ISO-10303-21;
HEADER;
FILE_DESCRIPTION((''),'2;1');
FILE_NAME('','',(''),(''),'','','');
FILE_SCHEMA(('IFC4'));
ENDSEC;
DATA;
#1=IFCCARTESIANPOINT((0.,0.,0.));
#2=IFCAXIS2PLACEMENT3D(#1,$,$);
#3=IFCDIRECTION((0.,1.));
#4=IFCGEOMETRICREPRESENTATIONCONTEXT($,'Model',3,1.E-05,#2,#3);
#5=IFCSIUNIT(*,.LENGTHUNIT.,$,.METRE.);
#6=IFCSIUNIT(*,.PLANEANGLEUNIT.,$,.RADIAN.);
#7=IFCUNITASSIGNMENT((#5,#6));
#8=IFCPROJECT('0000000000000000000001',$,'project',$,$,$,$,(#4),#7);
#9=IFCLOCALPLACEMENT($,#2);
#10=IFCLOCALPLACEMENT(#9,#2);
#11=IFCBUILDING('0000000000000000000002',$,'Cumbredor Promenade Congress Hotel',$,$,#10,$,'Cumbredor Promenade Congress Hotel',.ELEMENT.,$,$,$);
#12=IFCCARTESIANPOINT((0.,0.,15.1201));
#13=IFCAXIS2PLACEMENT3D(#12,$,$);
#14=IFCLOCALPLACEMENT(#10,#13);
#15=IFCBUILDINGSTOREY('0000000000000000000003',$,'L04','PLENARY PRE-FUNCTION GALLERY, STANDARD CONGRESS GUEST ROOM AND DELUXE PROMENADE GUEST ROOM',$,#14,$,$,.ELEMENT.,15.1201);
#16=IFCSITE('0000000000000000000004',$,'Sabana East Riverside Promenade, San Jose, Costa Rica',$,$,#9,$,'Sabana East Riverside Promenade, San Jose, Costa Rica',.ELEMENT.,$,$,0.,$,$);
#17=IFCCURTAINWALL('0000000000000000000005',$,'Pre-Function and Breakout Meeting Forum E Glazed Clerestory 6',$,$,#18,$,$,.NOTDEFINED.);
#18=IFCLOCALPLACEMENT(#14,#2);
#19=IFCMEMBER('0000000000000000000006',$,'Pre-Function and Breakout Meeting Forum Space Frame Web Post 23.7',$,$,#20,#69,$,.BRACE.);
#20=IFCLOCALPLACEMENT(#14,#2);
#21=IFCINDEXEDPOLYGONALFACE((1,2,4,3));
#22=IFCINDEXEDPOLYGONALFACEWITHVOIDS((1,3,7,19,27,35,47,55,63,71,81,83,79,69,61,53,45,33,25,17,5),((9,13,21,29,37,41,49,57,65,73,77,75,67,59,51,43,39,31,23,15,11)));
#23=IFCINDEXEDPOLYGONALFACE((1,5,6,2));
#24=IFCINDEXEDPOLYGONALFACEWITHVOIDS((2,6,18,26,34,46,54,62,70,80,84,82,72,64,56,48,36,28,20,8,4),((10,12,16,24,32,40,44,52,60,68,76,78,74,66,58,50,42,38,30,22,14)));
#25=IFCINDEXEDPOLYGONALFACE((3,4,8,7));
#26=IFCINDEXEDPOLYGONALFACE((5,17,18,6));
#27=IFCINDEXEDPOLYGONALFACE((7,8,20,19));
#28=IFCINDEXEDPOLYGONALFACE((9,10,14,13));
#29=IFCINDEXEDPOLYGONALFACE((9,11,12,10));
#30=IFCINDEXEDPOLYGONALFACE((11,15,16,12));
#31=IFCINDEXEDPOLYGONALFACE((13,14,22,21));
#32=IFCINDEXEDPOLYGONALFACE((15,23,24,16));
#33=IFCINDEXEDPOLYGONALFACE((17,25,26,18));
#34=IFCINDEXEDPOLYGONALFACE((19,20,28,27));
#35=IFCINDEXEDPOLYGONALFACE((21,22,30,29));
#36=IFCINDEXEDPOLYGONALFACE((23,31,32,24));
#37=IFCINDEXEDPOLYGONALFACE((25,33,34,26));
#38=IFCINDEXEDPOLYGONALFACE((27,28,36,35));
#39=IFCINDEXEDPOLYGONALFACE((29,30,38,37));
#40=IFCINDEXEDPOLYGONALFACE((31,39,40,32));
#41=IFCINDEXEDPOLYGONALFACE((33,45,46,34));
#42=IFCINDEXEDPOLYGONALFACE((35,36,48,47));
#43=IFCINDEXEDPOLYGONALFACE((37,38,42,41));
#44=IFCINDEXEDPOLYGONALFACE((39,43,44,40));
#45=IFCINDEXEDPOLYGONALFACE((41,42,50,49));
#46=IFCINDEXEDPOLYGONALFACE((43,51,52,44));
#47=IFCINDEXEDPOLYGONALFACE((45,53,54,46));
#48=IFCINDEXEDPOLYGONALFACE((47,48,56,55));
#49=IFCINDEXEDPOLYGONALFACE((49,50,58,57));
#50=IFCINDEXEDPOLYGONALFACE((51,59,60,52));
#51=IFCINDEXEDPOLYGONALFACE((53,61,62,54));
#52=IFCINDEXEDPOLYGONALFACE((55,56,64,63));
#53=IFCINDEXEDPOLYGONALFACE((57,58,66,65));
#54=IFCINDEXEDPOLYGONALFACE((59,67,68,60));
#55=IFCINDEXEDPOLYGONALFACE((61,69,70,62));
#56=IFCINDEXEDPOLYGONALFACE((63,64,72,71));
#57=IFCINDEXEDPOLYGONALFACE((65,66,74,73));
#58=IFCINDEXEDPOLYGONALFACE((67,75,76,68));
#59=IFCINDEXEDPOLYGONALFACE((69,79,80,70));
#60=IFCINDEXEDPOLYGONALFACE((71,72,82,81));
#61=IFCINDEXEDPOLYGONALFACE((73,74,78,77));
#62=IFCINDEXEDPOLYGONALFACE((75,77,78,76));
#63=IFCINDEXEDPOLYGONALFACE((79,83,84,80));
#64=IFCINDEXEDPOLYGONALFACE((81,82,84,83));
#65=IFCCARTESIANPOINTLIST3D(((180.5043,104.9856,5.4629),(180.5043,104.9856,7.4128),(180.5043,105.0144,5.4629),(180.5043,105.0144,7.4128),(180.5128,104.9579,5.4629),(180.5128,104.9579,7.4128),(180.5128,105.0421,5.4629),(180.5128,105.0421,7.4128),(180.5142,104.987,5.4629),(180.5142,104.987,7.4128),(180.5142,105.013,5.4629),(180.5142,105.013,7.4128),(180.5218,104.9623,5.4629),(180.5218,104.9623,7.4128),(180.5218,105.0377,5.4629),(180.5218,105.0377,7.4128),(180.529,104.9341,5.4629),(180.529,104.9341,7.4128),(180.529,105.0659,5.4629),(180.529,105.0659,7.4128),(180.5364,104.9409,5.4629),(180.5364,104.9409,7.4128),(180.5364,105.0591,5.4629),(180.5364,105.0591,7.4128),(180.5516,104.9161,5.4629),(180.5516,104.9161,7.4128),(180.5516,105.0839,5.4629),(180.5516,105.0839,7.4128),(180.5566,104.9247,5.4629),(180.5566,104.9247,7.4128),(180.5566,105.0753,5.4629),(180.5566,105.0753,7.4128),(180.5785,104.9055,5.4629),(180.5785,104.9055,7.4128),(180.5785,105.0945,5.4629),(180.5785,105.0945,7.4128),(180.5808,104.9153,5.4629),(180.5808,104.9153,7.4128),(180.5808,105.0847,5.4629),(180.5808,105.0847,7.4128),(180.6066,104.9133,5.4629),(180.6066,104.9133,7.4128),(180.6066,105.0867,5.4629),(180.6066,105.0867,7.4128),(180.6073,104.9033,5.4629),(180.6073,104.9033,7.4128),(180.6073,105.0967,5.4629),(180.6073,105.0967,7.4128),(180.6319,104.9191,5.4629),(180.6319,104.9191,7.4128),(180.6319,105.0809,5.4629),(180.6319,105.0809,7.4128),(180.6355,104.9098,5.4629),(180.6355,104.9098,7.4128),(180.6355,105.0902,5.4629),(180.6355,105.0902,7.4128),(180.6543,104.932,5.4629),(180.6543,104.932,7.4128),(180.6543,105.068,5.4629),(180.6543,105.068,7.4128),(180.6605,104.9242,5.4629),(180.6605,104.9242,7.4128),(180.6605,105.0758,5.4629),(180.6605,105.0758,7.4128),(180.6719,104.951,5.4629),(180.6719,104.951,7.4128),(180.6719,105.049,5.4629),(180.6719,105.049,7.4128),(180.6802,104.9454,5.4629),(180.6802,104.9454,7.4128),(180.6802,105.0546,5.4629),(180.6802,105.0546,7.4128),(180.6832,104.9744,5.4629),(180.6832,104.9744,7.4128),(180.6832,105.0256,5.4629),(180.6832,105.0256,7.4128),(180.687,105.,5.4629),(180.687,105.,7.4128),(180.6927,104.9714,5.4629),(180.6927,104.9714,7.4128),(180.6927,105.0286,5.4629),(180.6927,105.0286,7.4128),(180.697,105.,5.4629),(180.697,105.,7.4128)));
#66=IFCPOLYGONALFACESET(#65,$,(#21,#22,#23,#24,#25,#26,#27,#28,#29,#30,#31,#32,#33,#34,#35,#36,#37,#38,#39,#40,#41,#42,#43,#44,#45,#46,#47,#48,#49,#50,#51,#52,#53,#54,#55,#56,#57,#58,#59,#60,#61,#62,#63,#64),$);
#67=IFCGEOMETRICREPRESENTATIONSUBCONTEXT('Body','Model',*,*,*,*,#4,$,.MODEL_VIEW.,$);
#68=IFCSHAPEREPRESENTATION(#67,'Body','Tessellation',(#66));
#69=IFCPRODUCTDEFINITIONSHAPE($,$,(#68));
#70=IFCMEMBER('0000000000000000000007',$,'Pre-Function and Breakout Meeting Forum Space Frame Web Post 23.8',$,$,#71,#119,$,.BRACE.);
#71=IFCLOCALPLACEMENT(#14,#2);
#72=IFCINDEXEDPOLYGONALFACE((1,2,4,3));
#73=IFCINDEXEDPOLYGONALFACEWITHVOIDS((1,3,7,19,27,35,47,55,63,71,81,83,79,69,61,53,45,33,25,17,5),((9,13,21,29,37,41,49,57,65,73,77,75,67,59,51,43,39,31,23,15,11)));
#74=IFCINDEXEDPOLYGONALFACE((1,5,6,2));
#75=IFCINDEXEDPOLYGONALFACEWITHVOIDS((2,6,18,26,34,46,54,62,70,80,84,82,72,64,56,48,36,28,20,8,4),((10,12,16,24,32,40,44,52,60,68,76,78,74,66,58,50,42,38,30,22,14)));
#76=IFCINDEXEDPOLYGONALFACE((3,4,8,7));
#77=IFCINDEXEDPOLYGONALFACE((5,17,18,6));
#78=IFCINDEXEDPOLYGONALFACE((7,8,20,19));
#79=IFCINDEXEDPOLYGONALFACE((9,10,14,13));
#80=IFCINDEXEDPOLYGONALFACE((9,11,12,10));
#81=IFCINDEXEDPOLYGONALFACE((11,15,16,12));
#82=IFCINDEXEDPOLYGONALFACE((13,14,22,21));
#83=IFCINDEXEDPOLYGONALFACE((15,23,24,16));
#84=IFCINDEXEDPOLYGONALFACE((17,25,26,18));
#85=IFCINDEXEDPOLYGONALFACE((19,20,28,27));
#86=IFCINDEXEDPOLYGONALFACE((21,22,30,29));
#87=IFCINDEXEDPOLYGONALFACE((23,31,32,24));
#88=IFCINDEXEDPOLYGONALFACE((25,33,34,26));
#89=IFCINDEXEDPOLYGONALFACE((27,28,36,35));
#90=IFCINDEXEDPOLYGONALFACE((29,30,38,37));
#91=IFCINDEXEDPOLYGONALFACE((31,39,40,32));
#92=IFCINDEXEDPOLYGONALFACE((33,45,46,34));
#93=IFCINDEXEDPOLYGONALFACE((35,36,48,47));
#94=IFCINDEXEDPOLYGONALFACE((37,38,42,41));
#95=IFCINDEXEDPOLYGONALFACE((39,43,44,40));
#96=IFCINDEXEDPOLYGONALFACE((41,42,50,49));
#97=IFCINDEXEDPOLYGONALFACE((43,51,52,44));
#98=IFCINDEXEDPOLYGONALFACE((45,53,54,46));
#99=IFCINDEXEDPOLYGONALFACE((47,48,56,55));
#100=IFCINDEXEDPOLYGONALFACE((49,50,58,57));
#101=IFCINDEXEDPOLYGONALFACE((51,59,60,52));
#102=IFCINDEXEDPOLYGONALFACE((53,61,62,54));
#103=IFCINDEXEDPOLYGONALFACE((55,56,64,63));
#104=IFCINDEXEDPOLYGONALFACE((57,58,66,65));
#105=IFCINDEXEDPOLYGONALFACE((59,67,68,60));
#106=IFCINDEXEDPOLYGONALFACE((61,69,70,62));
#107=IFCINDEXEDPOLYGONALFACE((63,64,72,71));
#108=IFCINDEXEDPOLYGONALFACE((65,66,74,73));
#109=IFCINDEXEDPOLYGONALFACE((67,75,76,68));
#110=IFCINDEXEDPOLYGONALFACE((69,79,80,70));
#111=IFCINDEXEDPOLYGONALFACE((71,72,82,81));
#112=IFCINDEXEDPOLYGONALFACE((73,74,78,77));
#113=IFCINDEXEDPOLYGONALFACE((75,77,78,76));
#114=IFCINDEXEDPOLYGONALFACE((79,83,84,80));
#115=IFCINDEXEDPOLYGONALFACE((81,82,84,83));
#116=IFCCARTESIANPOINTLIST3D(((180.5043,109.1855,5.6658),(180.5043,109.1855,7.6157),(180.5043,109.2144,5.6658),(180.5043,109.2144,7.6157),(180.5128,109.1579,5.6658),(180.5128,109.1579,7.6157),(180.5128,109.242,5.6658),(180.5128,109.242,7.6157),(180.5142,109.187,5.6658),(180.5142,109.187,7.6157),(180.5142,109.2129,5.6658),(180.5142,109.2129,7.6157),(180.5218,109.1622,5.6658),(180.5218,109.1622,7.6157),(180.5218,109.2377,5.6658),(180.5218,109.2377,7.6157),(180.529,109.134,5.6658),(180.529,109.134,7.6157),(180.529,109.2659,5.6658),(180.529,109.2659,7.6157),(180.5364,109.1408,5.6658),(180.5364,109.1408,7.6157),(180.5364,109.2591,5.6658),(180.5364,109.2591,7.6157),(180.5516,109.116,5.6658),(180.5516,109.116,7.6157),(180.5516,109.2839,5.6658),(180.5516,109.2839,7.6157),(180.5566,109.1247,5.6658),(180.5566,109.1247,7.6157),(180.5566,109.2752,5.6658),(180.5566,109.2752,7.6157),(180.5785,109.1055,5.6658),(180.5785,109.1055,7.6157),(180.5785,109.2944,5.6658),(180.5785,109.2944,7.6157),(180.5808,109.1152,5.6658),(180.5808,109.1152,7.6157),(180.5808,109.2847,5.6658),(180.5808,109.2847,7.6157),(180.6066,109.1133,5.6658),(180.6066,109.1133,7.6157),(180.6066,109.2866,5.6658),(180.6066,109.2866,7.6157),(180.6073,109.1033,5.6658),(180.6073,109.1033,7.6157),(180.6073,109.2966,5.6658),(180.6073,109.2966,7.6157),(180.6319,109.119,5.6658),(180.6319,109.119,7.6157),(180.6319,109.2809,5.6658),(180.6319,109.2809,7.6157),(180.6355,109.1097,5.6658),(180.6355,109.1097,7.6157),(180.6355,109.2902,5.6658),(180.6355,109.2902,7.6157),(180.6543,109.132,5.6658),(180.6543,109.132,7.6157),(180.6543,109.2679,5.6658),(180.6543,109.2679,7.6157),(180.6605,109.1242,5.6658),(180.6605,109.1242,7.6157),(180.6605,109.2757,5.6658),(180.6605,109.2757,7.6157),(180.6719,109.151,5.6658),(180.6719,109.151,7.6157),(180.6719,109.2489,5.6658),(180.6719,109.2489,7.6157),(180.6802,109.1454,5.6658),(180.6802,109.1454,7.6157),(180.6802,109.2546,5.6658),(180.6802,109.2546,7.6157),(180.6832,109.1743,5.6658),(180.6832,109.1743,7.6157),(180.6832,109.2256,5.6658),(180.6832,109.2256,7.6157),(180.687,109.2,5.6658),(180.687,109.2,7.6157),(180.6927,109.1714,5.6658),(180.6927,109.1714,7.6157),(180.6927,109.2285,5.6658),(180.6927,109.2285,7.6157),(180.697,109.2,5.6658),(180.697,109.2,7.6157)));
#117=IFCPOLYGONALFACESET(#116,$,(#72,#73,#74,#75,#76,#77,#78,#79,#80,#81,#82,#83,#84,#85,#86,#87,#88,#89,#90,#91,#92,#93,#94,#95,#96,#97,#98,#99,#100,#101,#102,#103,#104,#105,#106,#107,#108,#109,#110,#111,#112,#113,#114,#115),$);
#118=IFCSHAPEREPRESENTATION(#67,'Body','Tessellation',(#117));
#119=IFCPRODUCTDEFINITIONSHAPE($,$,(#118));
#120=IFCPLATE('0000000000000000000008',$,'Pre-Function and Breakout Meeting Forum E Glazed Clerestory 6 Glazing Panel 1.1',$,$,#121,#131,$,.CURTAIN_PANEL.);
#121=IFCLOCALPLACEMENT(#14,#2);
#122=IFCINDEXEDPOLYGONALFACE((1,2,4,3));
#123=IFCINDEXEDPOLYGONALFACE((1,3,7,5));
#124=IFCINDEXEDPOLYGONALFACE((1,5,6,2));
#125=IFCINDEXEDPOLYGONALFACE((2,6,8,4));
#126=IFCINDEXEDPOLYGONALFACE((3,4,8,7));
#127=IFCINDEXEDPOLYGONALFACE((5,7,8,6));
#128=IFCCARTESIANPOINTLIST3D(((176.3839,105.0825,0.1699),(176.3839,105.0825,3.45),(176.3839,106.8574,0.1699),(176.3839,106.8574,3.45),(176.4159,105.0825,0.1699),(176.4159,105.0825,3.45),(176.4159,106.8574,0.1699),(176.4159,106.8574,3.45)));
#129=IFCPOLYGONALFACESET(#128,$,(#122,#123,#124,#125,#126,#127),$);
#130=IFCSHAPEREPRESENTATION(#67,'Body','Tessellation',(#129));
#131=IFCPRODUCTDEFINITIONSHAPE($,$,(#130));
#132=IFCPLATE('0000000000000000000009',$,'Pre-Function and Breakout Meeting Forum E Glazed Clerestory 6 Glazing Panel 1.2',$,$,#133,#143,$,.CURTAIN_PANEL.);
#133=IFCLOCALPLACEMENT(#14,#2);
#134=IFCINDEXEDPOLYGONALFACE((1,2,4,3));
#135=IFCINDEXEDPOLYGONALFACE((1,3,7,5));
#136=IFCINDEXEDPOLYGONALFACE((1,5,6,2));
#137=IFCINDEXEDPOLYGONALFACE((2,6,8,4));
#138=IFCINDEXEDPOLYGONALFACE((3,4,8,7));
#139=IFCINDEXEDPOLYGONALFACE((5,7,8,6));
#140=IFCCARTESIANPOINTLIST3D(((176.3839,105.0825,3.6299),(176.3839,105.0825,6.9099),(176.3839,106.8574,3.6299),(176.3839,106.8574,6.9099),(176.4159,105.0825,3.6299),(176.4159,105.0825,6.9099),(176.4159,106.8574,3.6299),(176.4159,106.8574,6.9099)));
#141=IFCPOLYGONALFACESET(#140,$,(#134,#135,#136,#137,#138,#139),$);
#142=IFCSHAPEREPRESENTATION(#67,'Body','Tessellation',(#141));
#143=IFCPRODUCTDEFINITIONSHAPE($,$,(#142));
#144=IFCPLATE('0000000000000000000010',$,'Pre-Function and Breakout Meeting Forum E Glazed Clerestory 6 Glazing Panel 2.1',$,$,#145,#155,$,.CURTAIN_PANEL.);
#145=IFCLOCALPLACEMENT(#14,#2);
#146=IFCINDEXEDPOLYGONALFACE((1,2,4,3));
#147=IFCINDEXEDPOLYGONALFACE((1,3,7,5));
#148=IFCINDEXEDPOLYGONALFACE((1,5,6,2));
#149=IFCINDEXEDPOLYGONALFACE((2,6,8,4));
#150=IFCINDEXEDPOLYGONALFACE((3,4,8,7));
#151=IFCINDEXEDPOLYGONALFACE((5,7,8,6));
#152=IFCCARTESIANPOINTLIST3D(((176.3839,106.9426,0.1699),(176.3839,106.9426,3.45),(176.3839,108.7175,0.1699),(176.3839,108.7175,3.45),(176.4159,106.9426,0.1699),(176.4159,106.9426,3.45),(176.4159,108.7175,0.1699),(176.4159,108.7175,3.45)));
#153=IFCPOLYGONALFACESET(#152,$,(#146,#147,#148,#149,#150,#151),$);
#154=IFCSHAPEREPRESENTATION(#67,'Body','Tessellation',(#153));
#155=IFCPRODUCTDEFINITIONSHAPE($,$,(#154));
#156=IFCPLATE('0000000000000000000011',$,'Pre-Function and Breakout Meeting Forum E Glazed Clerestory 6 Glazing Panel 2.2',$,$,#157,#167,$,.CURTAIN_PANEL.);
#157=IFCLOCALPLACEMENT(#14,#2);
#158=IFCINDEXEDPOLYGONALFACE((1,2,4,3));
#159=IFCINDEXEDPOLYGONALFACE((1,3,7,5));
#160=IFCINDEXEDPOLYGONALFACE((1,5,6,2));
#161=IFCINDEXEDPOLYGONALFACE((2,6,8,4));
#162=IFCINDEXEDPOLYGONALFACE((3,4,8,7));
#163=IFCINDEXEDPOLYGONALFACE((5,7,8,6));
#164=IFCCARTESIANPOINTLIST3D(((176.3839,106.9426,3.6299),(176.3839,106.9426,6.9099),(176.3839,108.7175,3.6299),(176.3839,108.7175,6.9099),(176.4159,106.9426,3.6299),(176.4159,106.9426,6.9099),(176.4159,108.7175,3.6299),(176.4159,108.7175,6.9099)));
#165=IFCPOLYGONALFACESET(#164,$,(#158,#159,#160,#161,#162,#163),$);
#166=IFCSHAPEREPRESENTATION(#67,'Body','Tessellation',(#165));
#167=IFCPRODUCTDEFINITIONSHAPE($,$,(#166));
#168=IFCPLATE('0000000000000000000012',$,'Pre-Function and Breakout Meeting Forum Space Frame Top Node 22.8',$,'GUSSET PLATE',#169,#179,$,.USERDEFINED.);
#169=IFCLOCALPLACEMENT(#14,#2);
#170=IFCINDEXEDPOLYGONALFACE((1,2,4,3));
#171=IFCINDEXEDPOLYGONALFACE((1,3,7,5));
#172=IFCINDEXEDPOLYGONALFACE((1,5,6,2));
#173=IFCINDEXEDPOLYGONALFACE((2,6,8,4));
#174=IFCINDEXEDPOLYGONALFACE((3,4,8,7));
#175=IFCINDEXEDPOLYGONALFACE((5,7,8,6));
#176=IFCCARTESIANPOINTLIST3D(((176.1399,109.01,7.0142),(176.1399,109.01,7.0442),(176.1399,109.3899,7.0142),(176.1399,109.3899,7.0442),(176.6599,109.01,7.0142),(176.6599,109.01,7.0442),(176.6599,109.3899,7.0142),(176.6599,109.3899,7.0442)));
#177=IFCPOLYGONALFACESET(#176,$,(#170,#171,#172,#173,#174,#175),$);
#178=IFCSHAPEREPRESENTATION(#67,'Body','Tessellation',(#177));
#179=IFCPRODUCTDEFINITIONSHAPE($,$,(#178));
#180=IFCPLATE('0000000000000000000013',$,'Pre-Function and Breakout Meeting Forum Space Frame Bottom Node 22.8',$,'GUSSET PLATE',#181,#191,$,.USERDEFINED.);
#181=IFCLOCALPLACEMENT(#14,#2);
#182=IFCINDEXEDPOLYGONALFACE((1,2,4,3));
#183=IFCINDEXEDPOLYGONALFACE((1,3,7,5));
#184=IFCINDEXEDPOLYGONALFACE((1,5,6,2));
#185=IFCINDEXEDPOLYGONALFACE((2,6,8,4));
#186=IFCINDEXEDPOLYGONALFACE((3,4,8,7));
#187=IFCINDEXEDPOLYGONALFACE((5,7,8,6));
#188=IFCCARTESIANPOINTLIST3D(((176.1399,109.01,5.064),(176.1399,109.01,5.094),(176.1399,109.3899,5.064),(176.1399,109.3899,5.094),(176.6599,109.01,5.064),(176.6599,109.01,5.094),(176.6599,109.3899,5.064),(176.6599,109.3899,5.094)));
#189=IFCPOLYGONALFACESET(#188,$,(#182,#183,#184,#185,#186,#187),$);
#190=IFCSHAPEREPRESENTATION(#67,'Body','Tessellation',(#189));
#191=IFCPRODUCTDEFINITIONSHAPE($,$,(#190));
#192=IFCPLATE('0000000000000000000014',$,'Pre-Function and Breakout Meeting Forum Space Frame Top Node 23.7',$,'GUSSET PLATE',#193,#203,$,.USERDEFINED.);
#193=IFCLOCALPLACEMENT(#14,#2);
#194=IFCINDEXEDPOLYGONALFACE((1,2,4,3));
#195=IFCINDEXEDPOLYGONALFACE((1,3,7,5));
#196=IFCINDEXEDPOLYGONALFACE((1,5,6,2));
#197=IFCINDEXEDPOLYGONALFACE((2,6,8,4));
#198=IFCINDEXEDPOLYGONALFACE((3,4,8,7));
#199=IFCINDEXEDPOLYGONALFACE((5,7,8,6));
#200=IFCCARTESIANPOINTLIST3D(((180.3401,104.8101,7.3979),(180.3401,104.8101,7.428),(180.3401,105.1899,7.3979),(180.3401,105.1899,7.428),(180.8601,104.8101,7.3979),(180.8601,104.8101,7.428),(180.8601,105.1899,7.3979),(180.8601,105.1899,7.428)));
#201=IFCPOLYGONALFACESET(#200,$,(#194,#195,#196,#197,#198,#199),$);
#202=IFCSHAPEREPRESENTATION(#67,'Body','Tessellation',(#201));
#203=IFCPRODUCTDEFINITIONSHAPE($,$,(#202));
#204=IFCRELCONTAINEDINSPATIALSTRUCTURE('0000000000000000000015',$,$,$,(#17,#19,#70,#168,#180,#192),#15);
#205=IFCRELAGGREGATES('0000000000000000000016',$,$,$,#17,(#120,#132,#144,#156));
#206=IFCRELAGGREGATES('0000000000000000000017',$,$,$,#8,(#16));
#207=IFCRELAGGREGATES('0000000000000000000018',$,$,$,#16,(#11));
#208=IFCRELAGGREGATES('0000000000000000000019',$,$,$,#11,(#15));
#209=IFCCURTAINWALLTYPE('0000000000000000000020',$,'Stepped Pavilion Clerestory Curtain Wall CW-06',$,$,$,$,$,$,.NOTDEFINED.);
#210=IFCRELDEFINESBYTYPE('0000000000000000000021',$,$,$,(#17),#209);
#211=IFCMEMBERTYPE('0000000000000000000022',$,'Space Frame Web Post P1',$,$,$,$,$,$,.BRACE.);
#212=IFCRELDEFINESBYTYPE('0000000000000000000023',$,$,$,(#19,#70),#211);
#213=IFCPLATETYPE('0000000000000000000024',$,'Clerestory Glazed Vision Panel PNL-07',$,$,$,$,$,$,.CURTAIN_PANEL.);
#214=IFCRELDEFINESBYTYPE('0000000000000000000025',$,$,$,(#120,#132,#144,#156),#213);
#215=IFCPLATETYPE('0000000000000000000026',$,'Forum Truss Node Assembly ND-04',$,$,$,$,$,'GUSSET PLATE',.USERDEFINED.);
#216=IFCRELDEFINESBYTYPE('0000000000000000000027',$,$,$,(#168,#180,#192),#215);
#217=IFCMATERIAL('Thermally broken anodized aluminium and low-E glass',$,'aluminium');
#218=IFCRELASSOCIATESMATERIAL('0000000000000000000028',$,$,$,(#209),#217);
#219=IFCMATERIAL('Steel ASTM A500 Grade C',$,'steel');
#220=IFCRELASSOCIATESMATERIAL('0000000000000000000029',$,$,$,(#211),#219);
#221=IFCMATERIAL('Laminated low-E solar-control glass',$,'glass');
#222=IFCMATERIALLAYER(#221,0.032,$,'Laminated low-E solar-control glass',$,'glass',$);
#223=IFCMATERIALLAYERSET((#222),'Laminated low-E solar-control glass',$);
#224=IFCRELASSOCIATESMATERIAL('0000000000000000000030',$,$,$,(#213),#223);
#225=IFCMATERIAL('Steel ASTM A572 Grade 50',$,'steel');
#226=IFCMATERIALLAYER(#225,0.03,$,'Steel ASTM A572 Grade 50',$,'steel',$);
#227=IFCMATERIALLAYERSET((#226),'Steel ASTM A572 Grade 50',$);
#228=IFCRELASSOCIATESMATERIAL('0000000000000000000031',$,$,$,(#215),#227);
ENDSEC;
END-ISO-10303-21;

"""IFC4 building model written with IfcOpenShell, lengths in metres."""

from ifc_helpers import new_model, si_unit, direction, frame, origin, origin_2d, place, context, subcontext, project, spatial, rectangle, hollow_circle, extrude, material, layer, layer_set, material_profile, profile_set, type_object, element, aggregate, save


model = new_model("IFC4")

# Units and contexts
model_context = context("Model", 3, precision=1e-05, world=origin(), true_north=direction((0.0, 1.0)))
body_context = subcontext(model_context, "Body", "Model", "MODEL_VIEW")
ifc_project = project(units=[si_unit("LENGTHUNIT", "METRE"), si_unit("PLANEANGLEUNIT", "RADIAN")], contexts=[model_context])

# Site, building, storey
site_placement = place(None, origin())
site = spatial("IfcSite", under=ifc_project, at=site_placement, Name="Sabana East Riverside Promenade, San Jose, Costa Rica", LongName="Sabana East Riverside Promenade, San Jose, Costa Rica", CompositionType="ELEMENT", RefElevation=0.0)
building_placement = place(site_placement, origin())
building = spatial("IfcBuilding", under=site, at=building_placement, Name="Cumbredor Promenade Congress Hotel", LongName="Cumbredor Promenade Congress Hotel", CompositionType="ELEMENT")
storey_placement = place(building_placement, frame((0.0, 0.0, 15.1201)))
storey = spatial("IfcBuildingStorey", under=building, at=storey_placement, Name="L04", Description="PLENARY PRE-FUNCTION GALLERY, STANDARD CONGRESS GUEST ROOM AND DELUXE PROMENADE GUEST ROOM", CompositionType="ELEMENT", Elevation=15.1201)

# Curtain wall
ifc_material_1 = material(Name="Thermally broken anodized aluminium and low-E glass", Category="aluminium")
curtain_wall_type = type_object("IfcCurtainWallType", Name="Stepped Pavilion Clerestory Curtain Wall CW-06", PredefinedType="NOTDEFINED", material=ifc_material_1)
curtain_wall_placement = place(storey_placement, origin())
curtain_wall = element("IfcCurtainWall", 1, at=curtain_wall_placement, inside=storey, type_object=curtain_wall_type, Name="Pre-Function and Breakout Meeting Forum E Glazed Clerestory 6", PredefinedType="NOTDEFINED")

# Members
ifc_material_2 = material(Name="Steel ASTM A500 Grade C", Category="steel")
ifc_material_profile_1 = material_profile(ifc_material_2, hollow_circle(Radius=0.0969, WallThickness=0.01, at=origin_2d()), Name="CHS 193.7x10")
ifc_profile_set_1 = profile_set([ifc_material_profile_1], Name="Steel ASTM A500 Grade C")
member_type_1 = type_object("IfcMemberType", Name="Space Frame Web Post P1", PredefinedType="BRACE", material=ifc_profile_set_1)
for number, where, z_axis, x_axis, name in (
    (2, (180.6001, 105.0, 5.4629), (0.0, 0.0, 1.0), (1.0, 0.0, 0.0), "Pre-Function and Breakout Meeting Forum Space Frame Web Post 23.7"),
    (3, (180.6001, 109.2, 5.6658), (0.0, 0.0, 1.0), (1.0, 0.0, 0.0), "Pre-Function and Breakout Meeting Forum Space Frame Web Post 23.8"),
):
    element("IfcMember", number, at=place(storey_placement, frame(where, z_axis=z_axis, x_axis=x_axis)), inside=storey, type_object=member_type_1, Name=name, PredefinedType="BRACE", context=body_context, shape_type="SweptSolid", body=[
        extrude(hollow_circle(Radius=0.0969, WallThickness=0.01, at=origin_2d()), origin(), (0.0, 0.0, 1.0), 1.95),
    ])

# Plates
ifc_material_3 = material(Name="Laminated low-E solar-control glass", Category="glass")
ifc_layer_1 = layer(ifc_material_3, 0.032, Name="Laminated low-E solar-control glass", Category="glass")
ifc_layer_set_1 = layer_set([ifc_layer_1], Name="Laminated low-E solar-control glass")
plate_type_1 = type_object("IfcPlateType", Name="Clerestory Glazed Vision Panel PNL-07", PredefinedType="CURTAIN_PANEL", material=ifc_layer_set_1)
plate_1_placement = place(storey_placement, frame((176.3999, 105.97, 0.1699), z_axis=(0.0, 0.0, 1.0), x_axis=(0.0, 1.0, 0.0)))
plate_1 = element("IfcPlate", 4, at=plate_1_placement, type_object=plate_type_1, Name="Pre-Function and Breakout Meeting Forum E Glazed Clerestory 6 Glazing Panel 1.1", PredefinedType="CURTAIN_PANEL", context=body_context, shape_type="SweptSolid", body=[
    extrude(rectangle(XDim=1.7749, YDim=0.032, at=origin_2d()), origin(), (0.0, 0.0, 1.0), 3.28),
])
plate_2_placement = place(storey_placement, frame((176.3999, 105.97, 3.6299), z_axis=(0.0, 0.0, 1.0), x_axis=(0.0, 1.0, 0.0)))
plate_2 = element("IfcPlate", 5, at=plate_2_placement, type_object=plate_type_1, Name="Pre-Function and Breakout Meeting Forum E Glazed Clerestory 6 Glazing Panel 1.2", PredefinedType="CURTAIN_PANEL", context=body_context, shape_type="SweptSolid", body=[
    extrude(rectangle(XDim=1.7749, YDim=0.032, at=origin_2d()), origin(), (0.0, 0.0, 1.0), 3.28),
])
plate_3_placement = place(storey_placement, frame((176.3999, 107.8301, 0.1699), z_axis=(0.0, 0.0, 1.0), x_axis=(0.0, 1.0, 0.0)))
plate_3 = element("IfcPlate", 6, at=plate_3_placement, type_object=plate_type_1, Name="Pre-Function and Breakout Meeting Forum E Glazed Clerestory 6 Glazing Panel 2.1", PredefinedType="CURTAIN_PANEL", context=body_context, shape_type="SweptSolid", body=[
    extrude(rectangle(XDim=1.7749, YDim=0.032, at=origin_2d()), origin(), (0.0, 0.0, 1.0), 3.28),
])
plate_4_placement = place(storey_placement, frame((176.3999, 107.8301, 3.6299), z_axis=(0.0, 0.0, 1.0), x_axis=(0.0, 1.0, 0.0)))
plate_4 = element("IfcPlate", 7, at=plate_4_placement, type_object=plate_type_1, Name="Pre-Function and Breakout Meeting Forum E Glazed Clerestory 6 Glazing Panel 2.2", PredefinedType="CURTAIN_PANEL", context=body_context, shape_type="SweptSolid", body=[
    extrude(rectangle(XDim=1.7749, YDim=0.032, at=origin_2d()), origin(), (0.0, 0.0, 1.0), 3.28),
])
aggregate(curtain_wall, [plate_1, plate_2, plate_3, plate_4])

# Plates
ifc_material_4 = material(Name="Steel ASTM A572 Grade 50", Category="steel")
ifc_layer_2 = layer(ifc_material_4, 0.03, Name="Steel ASTM A572 Grade 50", Category="steel")
ifc_layer_set_2 = layer_set([ifc_layer_2], Name="Steel ASTM A572 Grade 50")
plate_type_2 = type_object("IfcPlateType", Name="Forum Truss Node Assembly ND-04", ElementType="GUSSET PLATE", PredefinedType="USERDEFINED", material=ifc_layer_set_2)
for number, where, z_axis, x_axis, name in (
    (8, (176.3999, 109.2, 7.0142), (0.0, 0.0, 1.0), (1.0, 0.0, 0.0), "Pre-Function and Breakout Meeting Forum Space Frame Top Node 22.8"),
    (9, (176.3999, 109.2, 5.064), (0.0, 0.0, 1.0), (1.0, 0.0, 0.0), "Pre-Function and Breakout Meeting Forum Space Frame Bottom Node 22.8"),
    (10, (180.6001, 105.0, 7.3979), (0.0, 0.0, 1.0), (1.0, 0.0, 0.0), "Pre-Function and Breakout Meeting Forum Space Frame Top Node 23.7"),
):
    element("IfcPlate", number, at=place(storey_placement, frame(where, z_axis=z_axis, x_axis=x_axis)), inside=storey, type_object=plate_type_2, Name=name, ObjectType="GUSSET PLATE", PredefinedType="USERDEFINED", context=body_context, shape_type="SweptSolid", body=[
        extrude(rectangle(XDim=0.52, YDim=0.3799, at=origin_2d()), origin(), (0.0, 0.0, 1.0), 0.03),
    ])

save(model, "model.ifc")
